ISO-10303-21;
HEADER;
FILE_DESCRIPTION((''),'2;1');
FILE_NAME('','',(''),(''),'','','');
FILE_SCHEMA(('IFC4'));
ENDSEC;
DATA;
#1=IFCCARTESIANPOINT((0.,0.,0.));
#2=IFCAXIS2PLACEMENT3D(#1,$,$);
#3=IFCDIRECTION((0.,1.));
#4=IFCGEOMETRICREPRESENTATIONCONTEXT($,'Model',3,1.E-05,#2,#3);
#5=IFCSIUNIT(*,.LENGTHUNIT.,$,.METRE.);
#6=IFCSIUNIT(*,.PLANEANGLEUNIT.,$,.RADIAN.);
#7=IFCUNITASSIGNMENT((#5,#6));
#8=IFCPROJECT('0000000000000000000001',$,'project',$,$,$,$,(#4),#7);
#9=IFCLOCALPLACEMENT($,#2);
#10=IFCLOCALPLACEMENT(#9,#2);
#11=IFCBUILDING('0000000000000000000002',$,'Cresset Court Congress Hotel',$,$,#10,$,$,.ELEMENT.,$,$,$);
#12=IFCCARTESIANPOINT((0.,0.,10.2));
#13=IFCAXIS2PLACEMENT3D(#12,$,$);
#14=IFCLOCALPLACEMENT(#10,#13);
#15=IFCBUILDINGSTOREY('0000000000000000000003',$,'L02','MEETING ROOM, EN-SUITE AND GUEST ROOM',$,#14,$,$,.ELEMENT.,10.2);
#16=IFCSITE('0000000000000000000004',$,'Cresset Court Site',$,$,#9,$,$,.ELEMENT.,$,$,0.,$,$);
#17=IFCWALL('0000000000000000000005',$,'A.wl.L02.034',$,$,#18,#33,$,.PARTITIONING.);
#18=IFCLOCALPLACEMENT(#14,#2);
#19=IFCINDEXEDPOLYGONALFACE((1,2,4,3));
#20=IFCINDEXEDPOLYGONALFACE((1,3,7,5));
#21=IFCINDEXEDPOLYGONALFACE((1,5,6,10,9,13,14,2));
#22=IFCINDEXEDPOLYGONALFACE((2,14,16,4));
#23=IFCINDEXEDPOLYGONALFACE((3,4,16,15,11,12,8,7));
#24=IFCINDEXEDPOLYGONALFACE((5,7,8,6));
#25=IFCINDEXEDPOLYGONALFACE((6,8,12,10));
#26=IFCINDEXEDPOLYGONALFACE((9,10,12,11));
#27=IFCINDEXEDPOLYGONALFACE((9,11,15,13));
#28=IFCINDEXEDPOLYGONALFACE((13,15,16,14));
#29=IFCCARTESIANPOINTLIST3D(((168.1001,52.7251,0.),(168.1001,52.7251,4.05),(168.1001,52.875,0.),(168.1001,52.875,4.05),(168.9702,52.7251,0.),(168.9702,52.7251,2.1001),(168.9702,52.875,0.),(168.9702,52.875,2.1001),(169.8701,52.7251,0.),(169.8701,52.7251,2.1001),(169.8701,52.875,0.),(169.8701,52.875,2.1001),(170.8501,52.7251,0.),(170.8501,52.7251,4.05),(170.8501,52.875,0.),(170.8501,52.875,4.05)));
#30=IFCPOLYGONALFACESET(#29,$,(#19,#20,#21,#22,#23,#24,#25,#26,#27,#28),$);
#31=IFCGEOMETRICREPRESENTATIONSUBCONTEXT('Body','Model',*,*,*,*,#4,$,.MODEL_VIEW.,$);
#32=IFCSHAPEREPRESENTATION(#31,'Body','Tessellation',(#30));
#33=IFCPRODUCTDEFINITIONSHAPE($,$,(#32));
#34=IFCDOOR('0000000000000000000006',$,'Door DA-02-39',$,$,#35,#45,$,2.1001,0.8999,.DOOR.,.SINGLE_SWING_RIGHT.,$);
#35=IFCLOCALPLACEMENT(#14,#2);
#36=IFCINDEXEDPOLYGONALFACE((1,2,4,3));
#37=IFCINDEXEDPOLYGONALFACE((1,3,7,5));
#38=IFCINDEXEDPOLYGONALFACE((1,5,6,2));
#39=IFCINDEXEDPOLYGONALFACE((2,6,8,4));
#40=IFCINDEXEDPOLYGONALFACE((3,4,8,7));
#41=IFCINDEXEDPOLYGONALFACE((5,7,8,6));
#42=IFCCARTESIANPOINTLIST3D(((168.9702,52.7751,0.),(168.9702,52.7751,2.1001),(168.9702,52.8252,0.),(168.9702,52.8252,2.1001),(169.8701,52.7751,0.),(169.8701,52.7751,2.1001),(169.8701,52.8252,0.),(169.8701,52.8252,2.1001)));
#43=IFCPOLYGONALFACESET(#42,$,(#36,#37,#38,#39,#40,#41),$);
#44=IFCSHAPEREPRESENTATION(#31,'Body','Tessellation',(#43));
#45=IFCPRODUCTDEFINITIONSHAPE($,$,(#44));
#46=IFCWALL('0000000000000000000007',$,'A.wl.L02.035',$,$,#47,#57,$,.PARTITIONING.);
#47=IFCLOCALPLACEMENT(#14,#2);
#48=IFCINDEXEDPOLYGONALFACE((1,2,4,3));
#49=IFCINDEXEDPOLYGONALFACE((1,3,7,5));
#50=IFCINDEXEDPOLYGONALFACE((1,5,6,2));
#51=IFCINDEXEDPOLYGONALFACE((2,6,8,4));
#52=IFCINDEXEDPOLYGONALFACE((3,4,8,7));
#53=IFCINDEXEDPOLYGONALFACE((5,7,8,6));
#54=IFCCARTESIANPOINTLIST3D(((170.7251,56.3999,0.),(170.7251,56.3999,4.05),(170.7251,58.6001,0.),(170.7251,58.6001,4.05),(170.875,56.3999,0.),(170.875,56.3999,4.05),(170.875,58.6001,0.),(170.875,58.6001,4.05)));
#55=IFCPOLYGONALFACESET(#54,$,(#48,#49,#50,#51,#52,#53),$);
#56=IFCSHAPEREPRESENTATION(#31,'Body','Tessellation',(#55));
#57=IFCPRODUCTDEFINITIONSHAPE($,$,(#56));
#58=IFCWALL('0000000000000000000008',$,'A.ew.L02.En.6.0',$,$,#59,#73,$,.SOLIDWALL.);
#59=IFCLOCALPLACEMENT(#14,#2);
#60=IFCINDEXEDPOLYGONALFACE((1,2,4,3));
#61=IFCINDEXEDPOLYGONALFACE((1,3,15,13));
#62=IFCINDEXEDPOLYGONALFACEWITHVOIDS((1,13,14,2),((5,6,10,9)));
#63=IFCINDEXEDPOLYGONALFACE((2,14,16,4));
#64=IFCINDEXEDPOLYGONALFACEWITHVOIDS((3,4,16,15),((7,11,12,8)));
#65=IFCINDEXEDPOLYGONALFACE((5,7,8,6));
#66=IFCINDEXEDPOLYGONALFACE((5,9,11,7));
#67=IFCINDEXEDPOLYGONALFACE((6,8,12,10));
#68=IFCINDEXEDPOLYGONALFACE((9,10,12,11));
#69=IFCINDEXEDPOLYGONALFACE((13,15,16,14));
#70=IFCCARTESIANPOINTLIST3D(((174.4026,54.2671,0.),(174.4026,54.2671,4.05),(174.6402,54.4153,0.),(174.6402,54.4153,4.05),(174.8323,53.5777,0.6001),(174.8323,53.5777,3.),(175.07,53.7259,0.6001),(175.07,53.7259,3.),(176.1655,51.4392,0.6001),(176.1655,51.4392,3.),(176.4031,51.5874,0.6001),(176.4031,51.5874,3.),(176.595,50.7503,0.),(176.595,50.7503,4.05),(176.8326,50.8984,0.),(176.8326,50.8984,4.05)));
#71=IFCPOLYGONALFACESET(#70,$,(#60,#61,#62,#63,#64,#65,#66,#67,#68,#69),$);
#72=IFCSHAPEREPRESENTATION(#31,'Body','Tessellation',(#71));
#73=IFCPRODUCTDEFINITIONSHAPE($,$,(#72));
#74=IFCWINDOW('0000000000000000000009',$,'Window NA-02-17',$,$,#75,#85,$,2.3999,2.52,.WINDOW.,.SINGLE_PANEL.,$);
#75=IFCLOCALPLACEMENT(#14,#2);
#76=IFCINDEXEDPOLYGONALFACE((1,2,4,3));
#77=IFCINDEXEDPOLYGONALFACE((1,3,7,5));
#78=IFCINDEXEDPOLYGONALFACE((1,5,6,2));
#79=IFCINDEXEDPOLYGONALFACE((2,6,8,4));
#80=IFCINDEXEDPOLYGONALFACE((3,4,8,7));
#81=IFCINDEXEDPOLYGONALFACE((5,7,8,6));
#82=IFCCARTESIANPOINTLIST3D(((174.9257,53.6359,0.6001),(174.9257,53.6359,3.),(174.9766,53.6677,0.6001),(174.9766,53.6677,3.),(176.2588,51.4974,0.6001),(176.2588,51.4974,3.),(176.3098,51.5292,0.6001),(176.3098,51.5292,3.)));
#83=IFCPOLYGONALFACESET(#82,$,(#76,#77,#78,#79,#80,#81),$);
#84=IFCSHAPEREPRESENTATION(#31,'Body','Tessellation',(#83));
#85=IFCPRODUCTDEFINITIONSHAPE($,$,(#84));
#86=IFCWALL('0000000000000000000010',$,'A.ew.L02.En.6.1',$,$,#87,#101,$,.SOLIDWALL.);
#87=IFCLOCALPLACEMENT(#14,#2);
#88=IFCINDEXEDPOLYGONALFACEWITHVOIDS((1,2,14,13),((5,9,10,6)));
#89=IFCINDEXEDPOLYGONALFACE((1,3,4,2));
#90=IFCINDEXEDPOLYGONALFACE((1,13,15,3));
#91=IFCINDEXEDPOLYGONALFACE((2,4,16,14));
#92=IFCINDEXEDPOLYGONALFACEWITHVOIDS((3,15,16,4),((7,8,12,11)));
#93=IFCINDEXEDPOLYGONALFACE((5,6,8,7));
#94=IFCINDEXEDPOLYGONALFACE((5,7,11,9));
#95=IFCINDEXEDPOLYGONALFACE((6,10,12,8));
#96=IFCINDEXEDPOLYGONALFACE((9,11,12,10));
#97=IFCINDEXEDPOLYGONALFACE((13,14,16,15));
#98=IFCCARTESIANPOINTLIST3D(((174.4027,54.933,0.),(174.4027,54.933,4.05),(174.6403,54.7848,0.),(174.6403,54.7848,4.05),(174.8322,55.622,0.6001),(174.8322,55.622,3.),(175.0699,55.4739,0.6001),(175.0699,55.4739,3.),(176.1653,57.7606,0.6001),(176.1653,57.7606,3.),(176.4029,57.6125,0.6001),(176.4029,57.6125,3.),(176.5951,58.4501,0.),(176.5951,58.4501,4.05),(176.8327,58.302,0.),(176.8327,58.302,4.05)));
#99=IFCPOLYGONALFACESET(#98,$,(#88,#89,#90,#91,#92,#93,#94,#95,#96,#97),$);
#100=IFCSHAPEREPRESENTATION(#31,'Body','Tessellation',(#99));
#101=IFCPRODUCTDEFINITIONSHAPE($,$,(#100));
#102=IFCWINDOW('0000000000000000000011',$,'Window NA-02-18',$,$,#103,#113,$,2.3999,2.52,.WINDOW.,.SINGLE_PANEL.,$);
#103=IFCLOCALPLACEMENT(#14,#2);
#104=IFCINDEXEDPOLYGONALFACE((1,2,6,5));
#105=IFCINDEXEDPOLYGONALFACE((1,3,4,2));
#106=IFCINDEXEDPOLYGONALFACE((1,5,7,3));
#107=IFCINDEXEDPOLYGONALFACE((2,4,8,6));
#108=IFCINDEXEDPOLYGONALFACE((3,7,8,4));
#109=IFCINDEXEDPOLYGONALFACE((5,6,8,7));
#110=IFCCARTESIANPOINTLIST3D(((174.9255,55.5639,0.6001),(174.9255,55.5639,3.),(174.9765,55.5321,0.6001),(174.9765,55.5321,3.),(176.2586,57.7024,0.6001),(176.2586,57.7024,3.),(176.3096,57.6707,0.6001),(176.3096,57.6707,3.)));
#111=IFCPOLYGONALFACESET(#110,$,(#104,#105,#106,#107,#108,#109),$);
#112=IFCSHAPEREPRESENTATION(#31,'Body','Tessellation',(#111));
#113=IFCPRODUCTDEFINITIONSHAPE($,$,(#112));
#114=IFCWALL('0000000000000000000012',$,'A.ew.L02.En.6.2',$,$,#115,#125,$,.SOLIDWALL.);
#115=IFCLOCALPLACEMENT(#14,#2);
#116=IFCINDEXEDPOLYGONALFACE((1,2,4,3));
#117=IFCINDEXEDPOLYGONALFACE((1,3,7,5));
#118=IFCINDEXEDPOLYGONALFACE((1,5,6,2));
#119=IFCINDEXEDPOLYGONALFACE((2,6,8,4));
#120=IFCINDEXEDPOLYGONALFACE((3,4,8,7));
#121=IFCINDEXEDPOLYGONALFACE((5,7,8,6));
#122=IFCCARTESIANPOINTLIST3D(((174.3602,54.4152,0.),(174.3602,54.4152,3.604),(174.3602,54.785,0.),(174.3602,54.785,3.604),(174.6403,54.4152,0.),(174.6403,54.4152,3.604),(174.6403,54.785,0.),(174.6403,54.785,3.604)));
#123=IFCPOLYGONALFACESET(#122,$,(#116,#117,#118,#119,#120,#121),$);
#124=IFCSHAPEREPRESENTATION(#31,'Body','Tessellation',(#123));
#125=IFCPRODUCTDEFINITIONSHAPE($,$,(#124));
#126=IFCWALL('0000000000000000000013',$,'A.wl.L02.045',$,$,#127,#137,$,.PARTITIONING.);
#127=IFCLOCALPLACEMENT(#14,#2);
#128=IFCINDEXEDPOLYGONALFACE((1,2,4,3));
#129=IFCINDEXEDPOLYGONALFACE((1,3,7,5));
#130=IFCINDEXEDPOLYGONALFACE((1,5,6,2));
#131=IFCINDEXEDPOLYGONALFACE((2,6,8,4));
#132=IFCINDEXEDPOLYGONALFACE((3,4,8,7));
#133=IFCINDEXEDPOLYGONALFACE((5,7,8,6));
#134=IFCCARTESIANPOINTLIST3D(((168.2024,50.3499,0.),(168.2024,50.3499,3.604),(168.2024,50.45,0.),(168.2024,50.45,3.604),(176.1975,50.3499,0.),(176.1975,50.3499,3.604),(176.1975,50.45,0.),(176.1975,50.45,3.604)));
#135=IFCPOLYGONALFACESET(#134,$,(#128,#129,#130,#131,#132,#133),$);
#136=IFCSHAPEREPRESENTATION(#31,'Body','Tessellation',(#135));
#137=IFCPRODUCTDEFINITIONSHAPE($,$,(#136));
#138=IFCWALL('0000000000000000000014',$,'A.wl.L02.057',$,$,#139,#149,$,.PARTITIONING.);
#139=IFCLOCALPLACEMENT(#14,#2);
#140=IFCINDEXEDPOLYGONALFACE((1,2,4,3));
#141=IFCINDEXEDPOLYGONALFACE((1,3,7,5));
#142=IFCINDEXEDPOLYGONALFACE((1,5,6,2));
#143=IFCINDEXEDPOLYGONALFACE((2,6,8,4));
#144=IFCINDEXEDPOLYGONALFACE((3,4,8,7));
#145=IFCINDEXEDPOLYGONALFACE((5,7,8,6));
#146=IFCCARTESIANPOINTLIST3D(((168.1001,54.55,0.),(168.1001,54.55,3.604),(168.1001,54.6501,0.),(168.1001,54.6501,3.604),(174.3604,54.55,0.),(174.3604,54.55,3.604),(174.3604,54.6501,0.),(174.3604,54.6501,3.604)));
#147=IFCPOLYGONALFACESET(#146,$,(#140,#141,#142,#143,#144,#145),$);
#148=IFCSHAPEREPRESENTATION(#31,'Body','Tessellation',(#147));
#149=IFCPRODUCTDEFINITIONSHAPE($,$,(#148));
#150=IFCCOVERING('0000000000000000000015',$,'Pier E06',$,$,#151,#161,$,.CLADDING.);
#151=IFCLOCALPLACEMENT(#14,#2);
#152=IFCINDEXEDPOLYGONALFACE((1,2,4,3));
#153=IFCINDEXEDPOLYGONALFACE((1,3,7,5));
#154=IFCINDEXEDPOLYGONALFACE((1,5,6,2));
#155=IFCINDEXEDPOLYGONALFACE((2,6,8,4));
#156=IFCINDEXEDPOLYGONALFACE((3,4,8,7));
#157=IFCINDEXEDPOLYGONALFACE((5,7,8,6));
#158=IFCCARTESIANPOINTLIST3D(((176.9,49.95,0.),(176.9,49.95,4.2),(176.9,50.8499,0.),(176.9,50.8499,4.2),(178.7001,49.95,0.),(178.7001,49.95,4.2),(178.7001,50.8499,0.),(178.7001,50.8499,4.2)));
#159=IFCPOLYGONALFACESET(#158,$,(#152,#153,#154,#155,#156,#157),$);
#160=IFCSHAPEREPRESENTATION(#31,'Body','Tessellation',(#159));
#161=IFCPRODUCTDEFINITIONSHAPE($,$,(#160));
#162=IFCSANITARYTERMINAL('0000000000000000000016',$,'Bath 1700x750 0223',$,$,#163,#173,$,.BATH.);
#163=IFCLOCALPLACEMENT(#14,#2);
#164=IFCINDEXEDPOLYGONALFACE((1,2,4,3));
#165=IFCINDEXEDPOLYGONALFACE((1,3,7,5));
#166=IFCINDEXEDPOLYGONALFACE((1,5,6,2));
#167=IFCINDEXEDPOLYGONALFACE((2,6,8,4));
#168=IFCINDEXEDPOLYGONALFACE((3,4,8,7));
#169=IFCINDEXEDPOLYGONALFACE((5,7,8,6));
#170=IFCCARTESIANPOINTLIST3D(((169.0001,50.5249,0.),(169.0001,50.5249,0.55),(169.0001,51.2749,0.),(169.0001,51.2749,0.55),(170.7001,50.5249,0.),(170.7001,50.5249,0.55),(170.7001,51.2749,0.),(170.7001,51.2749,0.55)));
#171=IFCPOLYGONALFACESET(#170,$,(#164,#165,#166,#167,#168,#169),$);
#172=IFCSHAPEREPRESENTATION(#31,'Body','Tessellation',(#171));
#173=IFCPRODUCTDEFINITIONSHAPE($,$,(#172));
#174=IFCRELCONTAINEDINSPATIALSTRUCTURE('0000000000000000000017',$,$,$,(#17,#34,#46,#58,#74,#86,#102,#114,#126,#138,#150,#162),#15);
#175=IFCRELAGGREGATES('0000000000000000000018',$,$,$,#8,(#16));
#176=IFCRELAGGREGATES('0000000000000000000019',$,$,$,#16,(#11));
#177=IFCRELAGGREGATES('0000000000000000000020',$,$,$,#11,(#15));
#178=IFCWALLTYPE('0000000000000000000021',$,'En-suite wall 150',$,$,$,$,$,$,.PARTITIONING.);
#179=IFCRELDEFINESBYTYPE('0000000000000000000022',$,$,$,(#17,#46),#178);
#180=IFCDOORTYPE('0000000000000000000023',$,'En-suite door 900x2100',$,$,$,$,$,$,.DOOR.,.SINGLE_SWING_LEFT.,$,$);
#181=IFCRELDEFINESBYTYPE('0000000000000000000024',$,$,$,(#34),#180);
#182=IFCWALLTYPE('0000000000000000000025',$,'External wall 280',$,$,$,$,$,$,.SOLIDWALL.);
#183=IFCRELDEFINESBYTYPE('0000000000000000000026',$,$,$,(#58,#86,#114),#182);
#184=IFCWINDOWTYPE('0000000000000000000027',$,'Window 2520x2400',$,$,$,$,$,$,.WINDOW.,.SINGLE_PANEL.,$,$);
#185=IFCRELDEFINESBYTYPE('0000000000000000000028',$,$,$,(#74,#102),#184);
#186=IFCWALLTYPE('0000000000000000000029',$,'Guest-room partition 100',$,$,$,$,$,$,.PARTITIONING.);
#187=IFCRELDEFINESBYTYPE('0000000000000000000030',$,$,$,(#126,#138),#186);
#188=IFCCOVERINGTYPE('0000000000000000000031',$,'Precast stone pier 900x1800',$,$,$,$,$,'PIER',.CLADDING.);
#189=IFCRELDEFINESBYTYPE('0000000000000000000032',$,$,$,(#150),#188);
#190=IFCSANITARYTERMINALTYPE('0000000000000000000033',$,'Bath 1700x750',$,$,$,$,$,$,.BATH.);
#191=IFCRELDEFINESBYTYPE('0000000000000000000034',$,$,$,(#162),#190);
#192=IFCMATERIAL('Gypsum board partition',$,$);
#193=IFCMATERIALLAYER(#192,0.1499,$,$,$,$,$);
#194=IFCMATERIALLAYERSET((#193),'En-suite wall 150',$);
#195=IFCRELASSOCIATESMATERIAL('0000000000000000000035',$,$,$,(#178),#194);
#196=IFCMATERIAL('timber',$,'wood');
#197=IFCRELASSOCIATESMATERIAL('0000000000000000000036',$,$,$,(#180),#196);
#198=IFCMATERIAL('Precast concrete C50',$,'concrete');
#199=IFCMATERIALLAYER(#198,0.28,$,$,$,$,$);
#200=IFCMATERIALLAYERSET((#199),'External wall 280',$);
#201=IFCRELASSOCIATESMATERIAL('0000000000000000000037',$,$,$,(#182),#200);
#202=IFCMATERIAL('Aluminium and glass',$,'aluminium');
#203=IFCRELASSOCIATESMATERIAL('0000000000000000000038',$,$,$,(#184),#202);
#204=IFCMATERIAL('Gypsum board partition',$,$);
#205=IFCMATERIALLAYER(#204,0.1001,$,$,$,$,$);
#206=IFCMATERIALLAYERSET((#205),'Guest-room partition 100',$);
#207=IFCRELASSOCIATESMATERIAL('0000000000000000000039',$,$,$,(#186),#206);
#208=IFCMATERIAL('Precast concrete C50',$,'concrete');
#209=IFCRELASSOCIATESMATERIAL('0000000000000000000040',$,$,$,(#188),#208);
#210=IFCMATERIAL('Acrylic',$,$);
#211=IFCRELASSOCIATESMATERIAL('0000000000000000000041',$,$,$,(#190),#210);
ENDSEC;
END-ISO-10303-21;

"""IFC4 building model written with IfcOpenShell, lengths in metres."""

from ifc_helpers import new_model, si_unit, direction, frame, frame_2d, origin, origin_2d, place, context, subcontext, project, spatial, rectangle, extrude, material, layer, layer_set, type_object, element, fill, save


model = new_model("IFC4")

# Units and contexts
model_context = context("Model", 3, precision=1e-05, world=origin(), true_north=direction((0.0, 1.0)))
body_context = subcontext(model_context, "Body", "Model", "MODEL_VIEW")
ifc_project = project(units=[si_unit("LENGTHUNIT", "METRE"), si_unit("PLANEANGLEUNIT", "RADIAN")], contexts=[model_context])

# Site, building, storey
site_placement = place(None, origin())
site = spatial("IfcSite", under=ifc_project, at=site_placement, Name="Cresset Court Site", CompositionType="ELEMENT", RefElevation=0.0)
building_placement = place(site_placement, origin())
building = spatial("IfcBuilding", under=site, at=building_placement, Name="Cresset Court Congress Hotel", CompositionType="ELEMENT")
storey_placement = place(building_placement, frame((0.0, 0.0, 10.2)))
storey = spatial("IfcBuildingStorey", under=building, at=storey_placement, Name="L02", Description="MEETING ROOM, EN-SUITE AND GUEST ROOM", CompositionType="ELEMENT", Elevation=10.2)

# Shared definitions
ifc_material_1 = material(Name="Gypsum board partition")
ifc_layer_1 = layer(ifc_material_1, 0.1499)
ifc_layer_set_1 = layer_set([ifc_layer_1], Name="En-suite wall 150")
wall_type_1 = type_object("IfcWallType", Name="En-suite wall 150", PredefinedType="PARTITIONING", material=ifc_layer_set_1)

# Wall, opening, door
wall_1_placement = place(storey_placement, frame((170.8501, 52.8, 0.0), z_axis=(0.0, 0.0, 1.0), x_axis=(-1.0, 0.0, 0.0)))
wall_1 = element("IfcWall", 1, at=wall_1_placement, inside=storey, type_object=wall_type_1, Name="A.wl.L02.034", PredefinedType="PARTITIONING", context=body_context, shape_type="SweptSolid", body=[
    extrude(rectangle(XDim=2.75, YDim=0.1499, at=frame_2d((1.375, 0.0))), origin(), (0.0, 0.0, 1.0), 4.05),
])
opening_1_placement = place(wall_1_placement, frame((0.98, 0.0, 0.0)))
opening_1 = element("IfcOpeningElement", 2, at=opening_1_placement, cuts=wall_1, PredefinedType="OPENING", context=body_context, shape_type="SweptSolid", body=[
    extrude(rectangle(XDim=0.8999, YDim=2.1001, at=frame_2d((0.45, 1.05))), frame((0.0, 0.085, 0.0), z_axis=(0.0, -1.0, 0.0), x_axis=(1.0, 0.0, 0.0)), (0.0, 0.0, 1.0), 0.1699),
])
ifc_material_2 = material(Name="timber", Category="wood")
door_type_1 = type_object("IfcDoorType", Name="En-suite door 900x2100", OperationType="SINGLE_SWING_LEFT", PredefinedType="DOOR", material=ifc_material_2)
door_1_placement = place(opening_1_placement, origin())
door_1 = element("IfcDoor", 3, at=door_1_placement, inside=storey, type_object=door_type_1, Name="Door DA-02-39", OperationType="SINGLE_SWING_RIGHT", OverallHeight=2.1001, OverallWidth=0.8999, PredefinedType="DOOR", context=body_context, shape_type="SweptSolid", body=[
    extrude(rectangle(XDim=0.8999, YDim=2.1001, at=frame_2d((0.45, 1.05))), frame((0.0, 0.0249, 0.0), z_axis=(0.0, -1.0, 0.0), x_axis=(1.0, 0.0, 0.0)), (0.0, 0.0, 1.0), 0.05),
])
fill(opening_1, door_1)

# Wall
wall_2_placement = place(storey_placement, frame((170.8, 56.3999, 0.0), z_axis=(0.0, 0.0, 1.0), x_axis=(0.0, 1.0, 0.0)))
element("IfcWall", 4, at=wall_2_placement, inside=storey, type_object=wall_type_1, Name="A.wl.L02.035", PredefinedType="PARTITIONING", context=body_context, shape_type="SweptSolid", body=[
    extrude(rectangle(XDim=2.2002, YDim=0.1499, at=frame_2d((1.1001, 0.0))), origin(), (0.0, 0.0, 1.0), 4.05),
])

# Walls, openings, windows
ifc_material_3 = material(Name="Precast concrete C50", Category="concrete")
ifc_layer_2 = layer(ifc_material_3, 0.28)
ifc_layer_set_2 = layer_set([ifc_layer_2], Name="External wall 280")
wall_type_2 = type_object("IfcWallType", Name="External wall 280", PredefinedType="SOLIDWALL", material=ifc_layer_set_2)
wall_3_placement = place(storey_placement, frame((176.7139, 50.8242, 0.0), z_axis=(0.0, 0.0, 1.0), x_axis=(-0.529019, 0.84861, 0.0)))
wall_3 = element("IfcWall", 5, at=wall_3_placement, inside=storey, type_object=wall_type_2, Name="A.ew.L02.En.6.0", PredefinedType="SOLIDWALL", context=body_context, shape_type="SweptSolid", body=[
    extrude(rectangle(XDim=4.1443, YDim=0.28, at=frame_2d((2.0723, 0.0))), origin(), (0.0, 0.0, 1.0), 4.05),
])
opening_2_placement = place(wall_3_placement, frame((0.812, 0.0, 0.6001)))
opening_2 = element("IfcOpeningElement", 6, at=opening_2_placement, cuts=wall_3, PredefinedType="OPENING", context=body_context, shape_type="SweptSolid", body=[
    extrude(rectangle(XDim=2.52, YDim=2.3999, at=frame_2d((1.26, 1.2))), frame((0.0, 0.1499, 0.0), z_axis=(0.0, -1.0, 0.0), x_axis=(1.0, 0.0, 0.0)), (0.0, 0.0, 1.0), 0.3),
])
ifc_material_4 = material(Name="Aluminium and glass", Category="aluminium")
window_type = type_object("IfcWindowType", Name="Window 2520x2400", PartitioningType="SINGLE_PANEL", PredefinedType="WINDOW", material=ifc_material_4)
window_1_placement = place(opening_2_placement, origin())
window_1 = element("IfcWindow", 7, at=window_1_placement, inside=storey, type_object=window_type, Name="Window NA-02-17", OverallHeight=2.3999, OverallWidth=2.52, PartitioningType="SINGLE_PANEL", PredefinedType="WINDOW", context=body_context, shape_type="SweptSolid", body=[
    extrude(rectangle(XDim=2.52, YDim=2.3999, at=frame_2d((1.26, 1.2))), frame((0.0, 0.03, 0.0), z_axis=(0.0, -1.0, 0.0), x_axis=(1.0, 0.0, 0.0)), (0.0, 0.0, 1.0), 0.0601),
])
fill(opening_2, window_1)
wall_4_placement = place(storey_placement, frame((174.5215, 54.8589, 0.0), z_axis=(0.0, 0.0, 1.0), x_axis=(0.528993, 0.848626, 0.0)))
wall_4 = element("IfcWall", 8, at=wall_4_placement, inside=storey, type_object=wall_type_2, Name="A.ew.L02.En.6.1", PredefinedType="SOLIDWALL", context=body_context, shape_type="SweptSolid", body=[
    extrude(rectangle(XDim=4.1445, YDim=0.28, at=frame_2d((2.0723, 0.0))), origin(), (0.0, 0.0, 1.0), 4.05),
])
opening_3_placement = place(wall_4_placement, frame((0.812, 0.0, 0.6001)))
opening_3 = element("IfcOpeningElement", 9, at=opening_3_placement, cuts=wall_4, PredefinedType="OPENING", context=body_context, shape_type="SweptSolid", body=[
    extrude(rectangle(XDim=2.52, YDim=2.3999, at=frame_2d((1.26, 1.2))), frame((0.0, 0.1499, 0.0), z_axis=(0.0, -1.0, 0.0), x_axis=(1.0, 0.0, 0.0)), (0.0, 0.0, 1.0), 0.3),
])
window_2_placement = place(opening_3_placement, origin())
window_2 = element("IfcWindow", 10, at=window_2_placement, inside=storey, type_object=window_type, Name="Window NA-02-18", OverallHeight=2.3999, OverallWidth=2.52, PartitioningType="SINGLE_PANEL", PredefinedType="WINDOW", context=body_context, shape_type="SweptSolid", body=[
    extrude(rectangle(XDim=2.52, YDim=2.3999, at=frame_2d((1.26, 1.2))), frame((0.0, 0.03, 0.0), z_axis=(0.0, -1.0, 0.0), x_axis=(1.0, 0.0, 0.0)), (0.0, 0.0, 1.0), 0.0601),
])
fill(opening_3, window_2)

# Walls
wall_5_placement = place(storey_placement, frame((174.5002, 54.415, 0.0), z_axis=(0.0, 0.0, 1.0), x_axis=(0.0, 1.0, 0.0)))
element("IfcWall", 11, at=wall_5_placement, inside=storey, type_object=wall_type_2, Name="A.ew.L02.En.6.2", PredefinedType="SOLIDWALL", context=body_context, shape_type="SweptSolid", body=[
    extrude(rectangle(XDim=0.3699, YDim=0.28, at=frame_2d((0.1851, 0.0))), origin(), (0.0, 0.0, 1.0), 3.604),
])
ifc_material_5 = material(Name="Gypsum board partition")
ifc_layer_3 = layer(ifc_material_5, 0.1001)
ifc_layer_set_3 = layer_set([ifc_layer_3], Name="Guest-room partition 100")
wall_type_3 = type_object("IfcWallType", Name="Guest-room partition 100", PredefinedType="PARTITIONING", material=ifc_layer_set_3)
wall_6_placement = place(storey_placement, frame((168.2024, 50.3999, 0.0), z_axis=(0.0, 0.0, 1.0), x_axis=(1.0, 0.0, 0.0)))
element("IfcWall", 12, at=wall_6_placement, inside=storey, type_object=wall_type_3, Name="A.wl.L02.045", PredefinedType="PARTITIONING", context=body_context, shape_type="SweptSolid", body=[
    extrude(rectangle(XDim=7.9951, YDim=0.1001, at=frame_2d((3.9976, 0.0))), origin(), (0.0, 0.0, 1.0), 3.604),
])
wall_7_placement = place(storey_placement, frame((168.1001, 54.6001, 0.0), z_axis=(0.0, 0.0, 1.0), x_axis=(1.0, 0.0, 0.0)))
element("IfcWall", 13, at=wall_7_placement, inside=storey, type_object=wall_type_3, Name="A.wl.L02.057", PredefinedType="PARTITIONING", context=body_context, shape_type="SweptSolid", body=[
    extrude(rectangle(XDim=6.2603, YDim=0.1001, at=frame_2d((3.1301, 0.0))), origin(), (0.0, 0.0, 1.0), 3.604),
])

# Covering
ifc_material_6 = material(Name="Precast concrete C50", Category="concrete")
covering_type = type_object("IfcCoveringType", Name="Precast stone pier 900x1800", ElementType="PIER", PredefinedType="CLADDING", material=ifc_material_6)
covering_placement = place(storey_placement, frame((177.8, 50.3999, 0.0), z_axis=(0.0, 0.0, 1.0), x_axis=(1.0, 0.0, 0.0)))
element("IfcCovering", 14, at=covering_placement, inside=storey, type_object=covering_type, Name="Pier E06", PredefinedType="CLADDING", context=body_context, shape_type="SweptSolid", body=[
    extrude(rectangle(XDim=1.8, YDim=0.8999, at=origin_2d()), origin(), (0.0, 0.0, 1.0), 4.2),
])

# Sanitary terminal
ifc_material_7 = material(Name="Acrylic")
sanitary_terminal_type_1 = type_object("IfcSanitaryTerminalType", Name="Bath 1700x750", PredefinedType="BATH", material=ifc_material_7)
sanitary_terminal_placement = place(storey_placement, frame((169.8501, 50.8999, 0.0), z_axis=(0.0, 0.0, 1.0), x_axis=(1.0, 0.0, 0.0)))
element("IfcSanitaryTerminal", 15, at=sanitary_terminal_placement, inside=storey, type_object=sanitary_terminal_type_1, Name="Bath 1700x750 0223", PredefinedType="BATH", context=body_context, shape_type="SweptSolid", body=[
    extrude(rectangle(XDim=1.7, YDim=0.75, at=origin_2d()), origin(), (0.0, 0.0, 1.0), 0.55),
])

save(model, "model.ifc")
